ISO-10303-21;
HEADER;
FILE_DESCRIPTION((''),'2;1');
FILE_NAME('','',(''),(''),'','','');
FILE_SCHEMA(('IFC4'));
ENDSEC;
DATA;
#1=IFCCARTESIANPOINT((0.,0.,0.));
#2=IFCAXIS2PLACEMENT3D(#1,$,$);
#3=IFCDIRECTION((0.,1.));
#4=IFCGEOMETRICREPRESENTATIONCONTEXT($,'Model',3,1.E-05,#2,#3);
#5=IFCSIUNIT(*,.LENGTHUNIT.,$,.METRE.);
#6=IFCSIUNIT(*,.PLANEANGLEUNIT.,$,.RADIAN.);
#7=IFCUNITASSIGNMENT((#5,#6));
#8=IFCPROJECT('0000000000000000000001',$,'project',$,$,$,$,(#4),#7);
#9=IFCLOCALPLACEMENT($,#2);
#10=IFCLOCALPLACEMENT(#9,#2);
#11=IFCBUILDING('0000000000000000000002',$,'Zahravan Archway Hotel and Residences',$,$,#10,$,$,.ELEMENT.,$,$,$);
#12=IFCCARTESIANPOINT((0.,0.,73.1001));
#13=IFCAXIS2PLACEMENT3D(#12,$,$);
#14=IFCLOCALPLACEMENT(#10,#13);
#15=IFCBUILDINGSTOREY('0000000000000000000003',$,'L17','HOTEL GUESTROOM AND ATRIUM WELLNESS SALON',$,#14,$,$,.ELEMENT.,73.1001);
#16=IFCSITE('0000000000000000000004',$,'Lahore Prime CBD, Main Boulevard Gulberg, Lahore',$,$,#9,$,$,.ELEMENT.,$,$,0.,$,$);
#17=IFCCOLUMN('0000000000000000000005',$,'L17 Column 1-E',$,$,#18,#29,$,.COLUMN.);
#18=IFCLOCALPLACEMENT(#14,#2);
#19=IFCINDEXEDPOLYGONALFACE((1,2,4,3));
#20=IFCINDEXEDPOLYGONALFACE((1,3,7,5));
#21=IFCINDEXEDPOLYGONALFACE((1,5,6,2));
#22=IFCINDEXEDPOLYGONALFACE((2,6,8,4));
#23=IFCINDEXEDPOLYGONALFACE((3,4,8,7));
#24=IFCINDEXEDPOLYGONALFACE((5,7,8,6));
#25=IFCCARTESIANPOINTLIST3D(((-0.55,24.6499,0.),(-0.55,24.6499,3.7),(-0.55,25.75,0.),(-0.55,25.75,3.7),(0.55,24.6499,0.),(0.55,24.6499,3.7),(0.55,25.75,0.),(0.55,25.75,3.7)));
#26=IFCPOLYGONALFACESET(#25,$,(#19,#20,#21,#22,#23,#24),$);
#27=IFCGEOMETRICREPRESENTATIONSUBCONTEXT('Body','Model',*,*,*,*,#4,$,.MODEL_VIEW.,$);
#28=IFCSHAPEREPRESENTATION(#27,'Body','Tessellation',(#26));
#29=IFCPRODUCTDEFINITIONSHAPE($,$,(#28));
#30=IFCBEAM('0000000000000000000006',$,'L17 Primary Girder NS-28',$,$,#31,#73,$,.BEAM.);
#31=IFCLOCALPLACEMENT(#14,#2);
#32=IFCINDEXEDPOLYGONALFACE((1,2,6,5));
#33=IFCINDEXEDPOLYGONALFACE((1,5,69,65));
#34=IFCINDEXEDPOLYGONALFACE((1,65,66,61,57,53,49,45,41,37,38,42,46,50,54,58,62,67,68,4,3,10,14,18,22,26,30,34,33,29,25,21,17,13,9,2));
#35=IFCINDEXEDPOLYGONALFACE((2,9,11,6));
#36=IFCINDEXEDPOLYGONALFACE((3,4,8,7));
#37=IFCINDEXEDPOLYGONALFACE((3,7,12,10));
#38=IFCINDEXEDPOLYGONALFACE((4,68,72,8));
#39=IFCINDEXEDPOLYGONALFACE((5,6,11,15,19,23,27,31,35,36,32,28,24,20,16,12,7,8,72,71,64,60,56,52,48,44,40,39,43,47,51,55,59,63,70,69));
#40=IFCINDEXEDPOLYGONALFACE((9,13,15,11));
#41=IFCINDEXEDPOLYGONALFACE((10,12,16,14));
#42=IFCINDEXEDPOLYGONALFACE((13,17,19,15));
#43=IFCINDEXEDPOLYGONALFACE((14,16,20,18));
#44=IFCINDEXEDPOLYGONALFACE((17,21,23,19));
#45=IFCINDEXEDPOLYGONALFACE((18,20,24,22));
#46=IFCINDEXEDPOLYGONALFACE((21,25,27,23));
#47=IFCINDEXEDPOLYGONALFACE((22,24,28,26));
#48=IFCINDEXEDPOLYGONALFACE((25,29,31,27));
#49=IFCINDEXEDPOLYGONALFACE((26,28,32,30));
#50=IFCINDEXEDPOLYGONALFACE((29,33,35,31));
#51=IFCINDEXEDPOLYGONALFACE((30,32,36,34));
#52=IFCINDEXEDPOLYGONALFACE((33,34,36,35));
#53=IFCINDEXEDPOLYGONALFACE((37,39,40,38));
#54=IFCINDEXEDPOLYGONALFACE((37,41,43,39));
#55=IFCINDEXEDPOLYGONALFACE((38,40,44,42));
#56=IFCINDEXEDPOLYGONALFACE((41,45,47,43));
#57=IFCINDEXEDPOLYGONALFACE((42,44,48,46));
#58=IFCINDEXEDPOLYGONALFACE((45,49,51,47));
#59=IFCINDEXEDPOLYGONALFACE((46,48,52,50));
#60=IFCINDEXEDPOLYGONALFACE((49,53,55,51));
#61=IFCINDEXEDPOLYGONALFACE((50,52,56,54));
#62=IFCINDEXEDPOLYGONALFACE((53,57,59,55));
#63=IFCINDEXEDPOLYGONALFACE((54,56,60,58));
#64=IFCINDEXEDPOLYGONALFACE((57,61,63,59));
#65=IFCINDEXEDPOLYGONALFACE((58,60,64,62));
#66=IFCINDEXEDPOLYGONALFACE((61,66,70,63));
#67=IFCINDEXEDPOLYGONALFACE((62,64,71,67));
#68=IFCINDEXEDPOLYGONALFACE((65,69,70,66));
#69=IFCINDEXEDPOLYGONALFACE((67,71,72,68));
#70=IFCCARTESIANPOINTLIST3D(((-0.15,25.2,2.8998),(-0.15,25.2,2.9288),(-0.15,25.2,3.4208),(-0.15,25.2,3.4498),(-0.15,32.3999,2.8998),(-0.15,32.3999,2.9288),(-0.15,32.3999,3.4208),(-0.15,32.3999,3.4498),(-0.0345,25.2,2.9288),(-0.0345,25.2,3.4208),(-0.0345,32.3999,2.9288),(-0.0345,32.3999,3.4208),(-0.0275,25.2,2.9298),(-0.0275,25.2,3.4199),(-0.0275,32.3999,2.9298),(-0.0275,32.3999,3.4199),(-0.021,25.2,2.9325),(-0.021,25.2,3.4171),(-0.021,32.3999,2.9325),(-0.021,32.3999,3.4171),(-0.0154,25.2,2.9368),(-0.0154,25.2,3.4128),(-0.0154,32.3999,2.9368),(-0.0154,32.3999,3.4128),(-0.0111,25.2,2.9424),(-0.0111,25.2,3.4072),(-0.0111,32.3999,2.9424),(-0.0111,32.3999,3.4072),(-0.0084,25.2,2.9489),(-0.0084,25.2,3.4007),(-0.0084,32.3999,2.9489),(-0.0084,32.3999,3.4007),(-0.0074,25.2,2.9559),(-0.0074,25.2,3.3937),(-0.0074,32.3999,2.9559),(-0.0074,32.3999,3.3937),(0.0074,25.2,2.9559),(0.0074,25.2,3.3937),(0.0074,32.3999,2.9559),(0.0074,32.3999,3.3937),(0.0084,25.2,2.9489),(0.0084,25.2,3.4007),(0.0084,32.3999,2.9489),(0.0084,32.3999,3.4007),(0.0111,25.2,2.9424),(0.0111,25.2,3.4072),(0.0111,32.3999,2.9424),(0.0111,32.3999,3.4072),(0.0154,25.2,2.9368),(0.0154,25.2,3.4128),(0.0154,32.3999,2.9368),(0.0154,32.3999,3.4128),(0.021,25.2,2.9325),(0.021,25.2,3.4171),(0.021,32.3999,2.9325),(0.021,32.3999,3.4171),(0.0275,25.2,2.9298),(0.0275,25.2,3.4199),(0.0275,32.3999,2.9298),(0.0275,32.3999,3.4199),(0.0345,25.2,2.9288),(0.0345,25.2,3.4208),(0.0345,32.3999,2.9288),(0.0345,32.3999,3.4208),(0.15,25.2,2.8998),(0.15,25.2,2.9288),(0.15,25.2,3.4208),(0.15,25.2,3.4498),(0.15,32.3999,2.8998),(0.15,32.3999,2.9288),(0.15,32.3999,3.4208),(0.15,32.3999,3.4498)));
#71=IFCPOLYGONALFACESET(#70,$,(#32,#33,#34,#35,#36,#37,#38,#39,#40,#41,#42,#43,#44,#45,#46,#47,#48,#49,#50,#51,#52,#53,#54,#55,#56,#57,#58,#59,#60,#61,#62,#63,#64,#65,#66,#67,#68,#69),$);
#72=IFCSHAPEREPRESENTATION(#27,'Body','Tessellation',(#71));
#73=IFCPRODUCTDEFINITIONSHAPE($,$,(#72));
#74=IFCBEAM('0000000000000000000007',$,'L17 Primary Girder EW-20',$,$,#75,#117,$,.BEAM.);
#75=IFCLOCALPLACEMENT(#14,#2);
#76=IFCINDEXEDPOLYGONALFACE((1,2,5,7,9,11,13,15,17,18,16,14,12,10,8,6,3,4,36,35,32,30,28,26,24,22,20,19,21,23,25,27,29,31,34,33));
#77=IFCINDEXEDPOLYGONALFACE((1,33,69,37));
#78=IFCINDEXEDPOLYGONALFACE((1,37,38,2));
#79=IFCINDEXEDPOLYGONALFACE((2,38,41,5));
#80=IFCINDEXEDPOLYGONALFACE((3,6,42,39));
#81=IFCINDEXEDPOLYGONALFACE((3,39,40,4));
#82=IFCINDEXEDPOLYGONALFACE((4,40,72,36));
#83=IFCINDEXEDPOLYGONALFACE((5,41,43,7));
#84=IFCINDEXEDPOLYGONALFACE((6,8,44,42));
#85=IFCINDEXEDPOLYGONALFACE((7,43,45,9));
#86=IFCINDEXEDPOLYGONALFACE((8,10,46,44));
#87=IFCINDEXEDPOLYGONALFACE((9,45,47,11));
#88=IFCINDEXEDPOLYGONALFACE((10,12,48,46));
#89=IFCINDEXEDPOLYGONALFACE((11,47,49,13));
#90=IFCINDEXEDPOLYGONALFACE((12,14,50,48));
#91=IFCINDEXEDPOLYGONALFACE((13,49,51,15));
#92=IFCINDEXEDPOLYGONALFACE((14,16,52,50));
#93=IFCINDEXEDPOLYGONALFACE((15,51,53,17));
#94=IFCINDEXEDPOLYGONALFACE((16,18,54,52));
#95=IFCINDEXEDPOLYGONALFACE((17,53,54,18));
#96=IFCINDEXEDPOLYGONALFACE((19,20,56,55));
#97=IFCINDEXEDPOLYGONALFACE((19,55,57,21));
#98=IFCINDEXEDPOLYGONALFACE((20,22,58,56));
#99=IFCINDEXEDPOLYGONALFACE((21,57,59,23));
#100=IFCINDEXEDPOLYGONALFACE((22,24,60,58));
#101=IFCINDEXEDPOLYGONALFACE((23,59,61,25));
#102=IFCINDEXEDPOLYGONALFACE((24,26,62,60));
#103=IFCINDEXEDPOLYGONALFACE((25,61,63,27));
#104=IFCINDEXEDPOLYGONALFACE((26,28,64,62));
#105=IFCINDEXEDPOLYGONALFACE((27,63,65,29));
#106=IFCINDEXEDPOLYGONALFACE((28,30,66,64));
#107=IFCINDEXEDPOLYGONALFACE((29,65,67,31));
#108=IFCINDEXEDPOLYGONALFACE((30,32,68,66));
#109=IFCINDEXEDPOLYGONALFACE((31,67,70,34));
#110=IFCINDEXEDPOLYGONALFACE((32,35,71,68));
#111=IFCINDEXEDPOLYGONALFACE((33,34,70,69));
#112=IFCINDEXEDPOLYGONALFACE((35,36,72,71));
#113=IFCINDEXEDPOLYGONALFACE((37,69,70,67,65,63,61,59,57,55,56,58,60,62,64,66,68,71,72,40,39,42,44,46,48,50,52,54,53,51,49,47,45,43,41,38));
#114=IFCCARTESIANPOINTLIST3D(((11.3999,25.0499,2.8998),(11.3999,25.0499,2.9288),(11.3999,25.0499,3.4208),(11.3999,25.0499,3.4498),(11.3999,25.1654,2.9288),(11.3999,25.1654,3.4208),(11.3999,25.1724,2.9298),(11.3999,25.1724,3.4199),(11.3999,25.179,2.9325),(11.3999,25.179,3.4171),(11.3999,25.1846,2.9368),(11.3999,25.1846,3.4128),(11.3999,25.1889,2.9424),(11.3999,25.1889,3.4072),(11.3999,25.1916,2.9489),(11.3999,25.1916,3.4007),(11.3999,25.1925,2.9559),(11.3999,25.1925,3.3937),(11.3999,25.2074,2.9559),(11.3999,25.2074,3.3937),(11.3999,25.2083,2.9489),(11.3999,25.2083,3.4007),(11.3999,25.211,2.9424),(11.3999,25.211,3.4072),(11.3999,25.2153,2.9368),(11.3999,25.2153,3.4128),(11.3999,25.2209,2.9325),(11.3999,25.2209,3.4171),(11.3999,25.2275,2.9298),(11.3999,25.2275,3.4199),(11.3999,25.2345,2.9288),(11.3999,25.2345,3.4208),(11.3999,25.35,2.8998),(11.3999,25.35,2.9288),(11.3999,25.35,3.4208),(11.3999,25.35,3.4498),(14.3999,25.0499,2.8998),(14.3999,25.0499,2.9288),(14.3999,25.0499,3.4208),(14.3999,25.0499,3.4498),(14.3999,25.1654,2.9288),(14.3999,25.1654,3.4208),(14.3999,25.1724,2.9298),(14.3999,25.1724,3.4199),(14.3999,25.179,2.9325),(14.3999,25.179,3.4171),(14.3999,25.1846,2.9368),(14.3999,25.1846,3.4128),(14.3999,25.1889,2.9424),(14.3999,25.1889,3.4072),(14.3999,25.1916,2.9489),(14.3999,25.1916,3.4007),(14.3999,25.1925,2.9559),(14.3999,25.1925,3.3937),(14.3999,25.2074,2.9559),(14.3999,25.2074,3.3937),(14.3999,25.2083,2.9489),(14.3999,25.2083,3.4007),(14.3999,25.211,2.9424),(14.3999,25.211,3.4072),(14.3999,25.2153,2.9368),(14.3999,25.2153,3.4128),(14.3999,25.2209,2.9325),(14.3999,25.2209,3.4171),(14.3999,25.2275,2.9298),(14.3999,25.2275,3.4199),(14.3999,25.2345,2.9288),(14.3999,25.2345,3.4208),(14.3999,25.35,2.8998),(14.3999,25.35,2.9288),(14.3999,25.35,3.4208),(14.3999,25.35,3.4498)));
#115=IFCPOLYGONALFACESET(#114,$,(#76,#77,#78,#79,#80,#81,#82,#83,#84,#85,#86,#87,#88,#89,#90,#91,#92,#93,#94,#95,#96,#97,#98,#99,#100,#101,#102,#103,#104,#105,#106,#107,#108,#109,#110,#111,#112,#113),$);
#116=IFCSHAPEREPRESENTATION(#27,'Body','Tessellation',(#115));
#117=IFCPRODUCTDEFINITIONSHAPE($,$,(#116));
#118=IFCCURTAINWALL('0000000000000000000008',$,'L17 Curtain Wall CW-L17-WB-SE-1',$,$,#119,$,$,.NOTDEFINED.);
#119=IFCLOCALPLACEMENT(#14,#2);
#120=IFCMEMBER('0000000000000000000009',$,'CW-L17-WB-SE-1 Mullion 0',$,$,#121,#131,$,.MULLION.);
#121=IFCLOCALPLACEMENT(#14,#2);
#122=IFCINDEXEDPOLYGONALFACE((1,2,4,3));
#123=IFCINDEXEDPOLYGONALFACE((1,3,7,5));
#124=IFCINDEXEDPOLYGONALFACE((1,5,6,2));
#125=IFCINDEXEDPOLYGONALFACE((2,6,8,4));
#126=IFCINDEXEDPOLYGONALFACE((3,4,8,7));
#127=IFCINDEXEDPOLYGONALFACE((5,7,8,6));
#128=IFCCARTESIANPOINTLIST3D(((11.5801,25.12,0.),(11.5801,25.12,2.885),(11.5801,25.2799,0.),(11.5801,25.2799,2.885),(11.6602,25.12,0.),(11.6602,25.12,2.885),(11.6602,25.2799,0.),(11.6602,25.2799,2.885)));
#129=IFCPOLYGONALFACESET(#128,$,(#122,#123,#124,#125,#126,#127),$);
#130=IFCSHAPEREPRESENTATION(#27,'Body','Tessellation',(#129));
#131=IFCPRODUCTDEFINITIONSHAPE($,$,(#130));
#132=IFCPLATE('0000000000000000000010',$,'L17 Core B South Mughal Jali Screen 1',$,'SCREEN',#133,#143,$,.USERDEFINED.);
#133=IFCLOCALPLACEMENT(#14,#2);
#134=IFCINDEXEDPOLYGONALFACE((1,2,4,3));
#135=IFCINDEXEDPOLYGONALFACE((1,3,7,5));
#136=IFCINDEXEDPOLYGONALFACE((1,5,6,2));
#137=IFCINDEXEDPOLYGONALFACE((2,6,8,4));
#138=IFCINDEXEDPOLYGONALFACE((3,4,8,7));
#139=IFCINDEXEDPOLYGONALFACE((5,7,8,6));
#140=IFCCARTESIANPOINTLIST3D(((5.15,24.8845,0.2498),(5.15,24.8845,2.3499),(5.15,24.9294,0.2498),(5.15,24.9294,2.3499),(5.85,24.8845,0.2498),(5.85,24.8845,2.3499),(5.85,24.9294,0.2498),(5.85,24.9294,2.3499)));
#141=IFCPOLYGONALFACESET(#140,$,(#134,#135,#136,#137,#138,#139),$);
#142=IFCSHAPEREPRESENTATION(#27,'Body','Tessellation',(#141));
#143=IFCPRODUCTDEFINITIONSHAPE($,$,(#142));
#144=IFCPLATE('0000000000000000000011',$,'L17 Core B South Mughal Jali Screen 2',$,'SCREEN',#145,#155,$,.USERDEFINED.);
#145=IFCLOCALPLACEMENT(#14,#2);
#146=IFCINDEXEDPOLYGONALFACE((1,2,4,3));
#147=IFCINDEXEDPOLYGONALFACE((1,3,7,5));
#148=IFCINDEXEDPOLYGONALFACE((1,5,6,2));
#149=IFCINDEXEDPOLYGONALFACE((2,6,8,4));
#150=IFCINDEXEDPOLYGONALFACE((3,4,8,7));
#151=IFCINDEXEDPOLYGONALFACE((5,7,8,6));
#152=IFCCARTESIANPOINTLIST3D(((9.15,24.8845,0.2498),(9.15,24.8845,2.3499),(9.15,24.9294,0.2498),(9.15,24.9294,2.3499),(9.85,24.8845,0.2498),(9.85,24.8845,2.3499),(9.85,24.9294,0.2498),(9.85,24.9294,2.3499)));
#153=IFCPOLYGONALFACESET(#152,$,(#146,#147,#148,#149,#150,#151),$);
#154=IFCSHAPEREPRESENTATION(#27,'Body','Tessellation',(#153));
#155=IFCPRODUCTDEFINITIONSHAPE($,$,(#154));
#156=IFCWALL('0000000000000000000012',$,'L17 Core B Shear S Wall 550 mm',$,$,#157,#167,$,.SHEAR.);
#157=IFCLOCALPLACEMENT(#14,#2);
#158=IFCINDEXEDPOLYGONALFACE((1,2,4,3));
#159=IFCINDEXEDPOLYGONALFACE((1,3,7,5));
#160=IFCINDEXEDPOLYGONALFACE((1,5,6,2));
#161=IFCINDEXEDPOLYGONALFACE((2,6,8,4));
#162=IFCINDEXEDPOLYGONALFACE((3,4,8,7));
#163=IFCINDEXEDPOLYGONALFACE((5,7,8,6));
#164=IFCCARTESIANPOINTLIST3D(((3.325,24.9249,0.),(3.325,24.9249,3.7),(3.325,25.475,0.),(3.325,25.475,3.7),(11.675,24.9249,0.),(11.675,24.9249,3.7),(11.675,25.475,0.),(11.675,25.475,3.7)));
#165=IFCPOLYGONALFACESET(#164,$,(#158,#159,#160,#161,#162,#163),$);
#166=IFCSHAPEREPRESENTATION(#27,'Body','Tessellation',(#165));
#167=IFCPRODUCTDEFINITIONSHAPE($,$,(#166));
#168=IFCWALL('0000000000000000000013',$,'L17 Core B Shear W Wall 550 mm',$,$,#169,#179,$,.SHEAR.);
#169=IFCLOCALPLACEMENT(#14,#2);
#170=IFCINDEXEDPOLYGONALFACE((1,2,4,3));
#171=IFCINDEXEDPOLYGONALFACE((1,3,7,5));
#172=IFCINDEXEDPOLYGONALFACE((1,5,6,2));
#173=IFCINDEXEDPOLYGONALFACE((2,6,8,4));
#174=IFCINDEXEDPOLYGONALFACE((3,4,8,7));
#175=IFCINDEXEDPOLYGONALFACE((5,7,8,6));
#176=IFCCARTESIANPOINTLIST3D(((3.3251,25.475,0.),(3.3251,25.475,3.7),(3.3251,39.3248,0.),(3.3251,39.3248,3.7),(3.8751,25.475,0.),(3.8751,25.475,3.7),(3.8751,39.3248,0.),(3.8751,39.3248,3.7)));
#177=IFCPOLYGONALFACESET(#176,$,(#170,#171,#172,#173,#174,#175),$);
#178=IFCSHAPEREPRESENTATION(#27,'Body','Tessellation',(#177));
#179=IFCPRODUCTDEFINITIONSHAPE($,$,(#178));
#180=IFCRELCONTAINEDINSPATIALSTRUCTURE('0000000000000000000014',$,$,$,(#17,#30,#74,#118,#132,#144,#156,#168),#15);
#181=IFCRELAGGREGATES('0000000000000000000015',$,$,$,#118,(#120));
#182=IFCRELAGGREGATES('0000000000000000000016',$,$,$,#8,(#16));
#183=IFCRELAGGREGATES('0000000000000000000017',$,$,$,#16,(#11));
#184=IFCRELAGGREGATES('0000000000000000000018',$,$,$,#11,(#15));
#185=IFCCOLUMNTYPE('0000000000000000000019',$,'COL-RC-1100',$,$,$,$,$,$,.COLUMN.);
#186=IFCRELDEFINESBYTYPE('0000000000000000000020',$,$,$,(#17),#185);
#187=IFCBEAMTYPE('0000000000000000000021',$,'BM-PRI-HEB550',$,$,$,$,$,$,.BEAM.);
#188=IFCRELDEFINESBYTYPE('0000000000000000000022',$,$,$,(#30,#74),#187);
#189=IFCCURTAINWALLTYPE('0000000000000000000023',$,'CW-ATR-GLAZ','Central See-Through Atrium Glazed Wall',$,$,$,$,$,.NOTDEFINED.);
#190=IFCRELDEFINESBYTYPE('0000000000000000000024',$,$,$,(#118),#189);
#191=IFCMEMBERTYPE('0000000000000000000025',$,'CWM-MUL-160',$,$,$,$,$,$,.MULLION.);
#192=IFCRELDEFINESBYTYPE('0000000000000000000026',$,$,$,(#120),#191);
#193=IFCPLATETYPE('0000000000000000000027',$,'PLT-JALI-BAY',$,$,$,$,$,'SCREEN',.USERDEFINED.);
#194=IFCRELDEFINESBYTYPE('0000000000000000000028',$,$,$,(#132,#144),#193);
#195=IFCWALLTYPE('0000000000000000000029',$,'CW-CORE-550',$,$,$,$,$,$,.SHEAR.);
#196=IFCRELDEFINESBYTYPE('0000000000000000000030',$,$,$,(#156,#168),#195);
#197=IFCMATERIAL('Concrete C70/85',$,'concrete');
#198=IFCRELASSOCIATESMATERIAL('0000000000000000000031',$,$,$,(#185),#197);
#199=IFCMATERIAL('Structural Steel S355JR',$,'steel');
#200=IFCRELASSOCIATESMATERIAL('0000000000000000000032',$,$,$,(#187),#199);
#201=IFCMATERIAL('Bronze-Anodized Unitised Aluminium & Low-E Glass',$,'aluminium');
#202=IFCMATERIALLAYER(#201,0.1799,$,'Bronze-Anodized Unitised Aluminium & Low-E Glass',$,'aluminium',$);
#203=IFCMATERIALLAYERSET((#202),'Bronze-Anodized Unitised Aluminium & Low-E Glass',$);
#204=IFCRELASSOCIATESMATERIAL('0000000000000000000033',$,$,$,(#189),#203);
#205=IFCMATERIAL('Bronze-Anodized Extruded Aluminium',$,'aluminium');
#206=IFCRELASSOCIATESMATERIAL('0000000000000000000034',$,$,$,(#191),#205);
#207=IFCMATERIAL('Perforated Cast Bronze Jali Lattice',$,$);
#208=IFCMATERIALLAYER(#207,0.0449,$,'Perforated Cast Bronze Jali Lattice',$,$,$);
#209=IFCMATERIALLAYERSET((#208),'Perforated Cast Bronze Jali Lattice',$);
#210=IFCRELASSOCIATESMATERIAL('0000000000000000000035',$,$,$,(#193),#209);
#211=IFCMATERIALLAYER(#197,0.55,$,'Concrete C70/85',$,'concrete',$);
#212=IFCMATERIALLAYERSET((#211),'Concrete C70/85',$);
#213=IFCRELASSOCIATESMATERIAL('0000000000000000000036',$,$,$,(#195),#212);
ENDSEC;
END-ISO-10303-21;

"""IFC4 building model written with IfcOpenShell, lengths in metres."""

from ifc_helpers import new_model, si_unit, direction, frame, frame_2d, origin, origin_2d, place, context, subcontext, project, spatial, rectangle, i_section, extrude, source, transform, mapped, material, layer, layer_set, material_profile, profile_set, type_object, type_shapes, element, aggregate, save


model = new_model("IFC4")

# Units and contexts
model_context = context("Model", 3, precision=1e-05, world=origin(), true_north=direction((0.0, 1.0)))
body_context = subcontext(model_context, "Body", "Model", "MODEL_VIEW")
ifc_project = project(units=[si_unit("LENGTHUNIT", "METRE"), si_unit("PLANEANGLEUNIT", "RADIAN")], contexts=[model_context])

# Site, building, storey
site_placement = place(None, origin())
site = spatial("IfcSite", under=ifc_project, at=site_placement, Name="Lahore Prime CBD, Main Boulevard Gulberg, Lahore", CompositionType="ELEMENT", RefElevation=0.0)
building_placement = place(site_placement, origin())
building = spatial("IfcBuilding", under=site, at=building_placement, Name="Zahravan Archway Hotel and Residences", CompositionType="ELEMENT")
storey_placement = place(building_placement, frame((0.0, 0.0, 73.1001)))
storey = spatial("IfcBuildingStorey", under=building, at=storey_placement, Name="L17", Description="HOTEL GUESTROOM AND ATRIUM WELLNESS SALON", CompositionType="ELEMENT", Elevation=73.1001)

# Column
ifc_material_1 = material(Name="Concrete C70/85", Category="concrete")
ifc_material_profile_1 = material_profile(ifc_material_1, rectangle(XDim=1.1001, YDim=1.1001, at=origin_2d()), Name="RC 1100x1100", Category="concrete")
ifc_profile_set_1 = profile_set([ifc_material_profile_1], Name="Concrete C70/85")
column_type = type_object("IfcColumnType", Name="COL-RC-1100", PredefinedType="COLUMN", material=ifc_profile_set_1)
shared_shape_1 = source(origin(), body_context, "Body", "SweptSolid", [
    extrude(rectangle(XDim=1.1001, YDim=1.1001, at=origin_2d()), origin(), (0.0, 0.0, 1.0), 3.7),
])
column_placement = place(storey_placement, frame((0.0, 25.2, 0.0), z_axis=(0.0, 0.0, 1.0), x_axis=(1.0, 0.0, 0.0)))
element("IfcColumn", 1, at=column_placement, inside=storey, type_object=column_type, Name="L17 Column 1-E", PredefinedType="COLUMN", context=body_context, shape_type="MappedRepresentation", body=[
    mapped(shared_shape_1, transform((0.0, 0.0, 0.0), scale=1.0)),
])

# Beams
ifc_material_2 = material(Name="Structural Steel S355JR", Category="steel")
ifc_material_profile_2 = material_profile(ifc_material_2, i_section(OverallWidth=0.3, OverallDepth=0.55, WebThickness=0.0149, FlangeThickness=0.0291, FilletRadius=0.0271, at=origin_2d()), Name="HEB 550", Category="steel")
ifc_profile_set_2 = profile_set([ifc_material_profile_2], Name="Structural Steel S355JR")
beam_type = type_object("IfcBeamType", Name="BM-PRI-HEB550", PredefinedType="BEAM", material=ifc_profile_set_2)
shared_shape_2 = source(origin(), body_context, "Body", "SweptSolid", [
    extrude(i_section(OverallWidth=0.3, OverallDepth=0.55, WebThickness=0.0149, FlangeThickness=0.0291, FilletRadius=0.0271, at=origin_2d()), origin(), (0.0, 0.0, 1.0), 7.2),
])
beam_1_placement = place(storey_placement, frame((0.0, 25.2, 3.1748), z_axis=(0.0, 1.0, 0.0), x_axis=(-1.0, 0.0, 0.0)))
element("IfcBeam", 2, at=beam_1_placement, inside=storey, type_object=beam_type, Name="L17 Primary Girder NS-28", PredefinedType="BEAM", context=body_context, shape_type="MappedRepresentation", body=[
    mapped(shared_shape_2, transform((0.0, 0.0, 0.0), scale=1.0)),
])
shared_shape_3 = source(origin(), body_context, "Body", "SweptSolid", [
    extrude(i_section(OverallWidth=0.3, OverallDepth=0.55, WebThickness=0.0149, FlangeThickness=0.0291, FilletRadius=0.0271, at=origin_2d()), origin(), (0.0, 0.0, 1.0), 3.0),
])
beam_2_placement = place(storey_placement, frame((11.3999, 25.2, 3.1748), z_axis=(1.0, 0.0, 0.0), x_axis=(0.0, 1.0, 0.0)))
element("IfcBeam", 3, at=beam_2_placement, inside=storey, type_object=beam_type, Name="L17 Primary Girder EW-20", PredefinedType="BEAM", context=body_context, shape_type="MappedRepresentation", body=[
    mapped(shared_shape_3, transform((0.0, 0.0, 0.0), scale=1.0)),
])

# Curtain wall, member
ifc_material_3 = material(Name="Bronze-Anodized Unitised Aluminium & Low-E Glass", Category="aluminium")
ifc_layer_1 = layer(ifc_material_3, 0.1799, Name="Bronze-Anodized Unitised Aluminium & Low-E Glass", Category="aluminium")
ifc_layer_set_1 = layer_set([ifc_layer_1], Name="Bronze-Anodized Unitised Aluminium & Low-E Glass")
curtain_wall_type = type_object("IfcCurtainWallType", Name="CW-ATR-GLAZ", Description="Central See-Through Atrium Glazed Wall", PredefinedType="NOTDEFINED", material=ifc_layer_set_1)
curtain_wall_placement = place(storey_placement, origin())
curtain_wall = element("IfcCurtainWall", 4, at=curtain_wall_placement, inside=storey, type_object=curtain_wall_type, Name="L17 Curtain Wall CW-L17-WB-SE-1", PredefinedType="NOTDEFINED")
ifc_material_4 = material(Name="Bronze-Anodized Extruded Aluminium", Category="aluminium")
ifc_material_profile_3 = material_profile(ifc_material_4, rectangle(XDim=0.0801, YDim=0.1599, at=origin_2d()), Name="MUL 80x160", Category="aluminium")
ifc_profile_set_3 = profile_set([ifc_material_profile_3], Name="Bronze-Anodized Extruded Aluminium")
member_type = type_object("IfcMemberType", Name="CWM-MUL-160", PredefinedType="MULLION", material=ifc_profile_set_3)
shared_shape_4 = source(origin(), body_context, "Body", "SweptSolid", [
    extrude(rectangle(XDim=0.0801, YDim=0.1599, at=origin_2d()), origin(), (0.0, 0.0, 1.0), 2.885),
])
member_placement = place(storey_placement, frame((11.6201, 25.2, 0.0), z_axis=(0.0, 0.0, 1.0), x_axis=(1.0, 0.0, 0.0)))
member = element("IfcMember", 5, at=member_placement, type_object=member_type, Name="CW-L17-WB-SE-1 Mullion 0", PredefinedType="MULLION", context=body_context, shape_type="MappedRepresentation", body=[
    mapped(shared_shape_4, transform((0.0, 0.0, 0.0), scale=1.0)),
])
aggregate(curtain_wall, [member])

# Plates
ifc_material_5 = material(Name="Perforated Cast Bronze Jali Lattice")
ifc_layer_2 = layer(ifc_material_5, 0.0449, Name="Perforated Cast Bronze Jali Lattice")
ifc_layer_set_2 = layer_set([ifc_layer_2], Name="Perforated Cast Bronze Jali Lattice")
plate_type = type_object("IfcPlateType", Name="PLT-JALI-BAY", ElementType="SCREEN", PredefinedType="USERDEFINED", material=ifc_layer_set_2)
shared_shape_5 = source(origin(), body_context, "Body", "SweptSolid", [
    extrude(rectangle(XDim=0.7, YDim=0.0449, at=origin_2d()), origin(), (0.0, 0.0, 1.0), 2.1001),
])
type_shapes(plate_type, [shared_shape_5])
for number, where, z_axis, x_axis, name in (
    (6, (5.5, 24.907, 0.2498), (0.0, 0.0, 1.0), (1.0, 0.0, 0.0), "L17 Core B South Mughal Jali Screen 1"),
    (7, (9.5, 24.907, 0.2498), (0.0, 0.0, 1.0), (1.0, 0.0, 0.0), "L17 Core B South Mughal Jali Screen 2"),
):
    element("IfcPlate", number, at=place(storey_placement, frame(where, z_axis=z_axis, x_axis=x_axis)), inside=storey, type_object=plate_type, Name=name, ObjectType="SCREEN", PredefinedType="USERDEFINED", context=body_context, shape_type="MappedRepresentation", body=[
        mapped(shared_shape_5, transform((0.0, 0.0, 0.0), scale=1.0)),
    ])

# Walls
ifc_layer_3 = layer(ifc_material_1, 0.55, Name="Concrete C70/85", Category="concrete")
ifc_layer_set_3 = layer_set([ifc_layer_3], Name="Concrete C70/85")
wall_type_1 = type_object("IfcWallType", Name="CW-CORE-550", PredefinedType="SHEAR", material=ifc_layer_set_3)
wall_1_placement = place(storey_placement, frame((3.325, 25.2, 0.0), z_axis=(0.0, 0.0, 1.0), x_axis=(1.0, 0.0, 0.0)))
element("IfcWall", 8, at=wall_1_placement, inside=storey, type_object=wall_type_1, Name="L17 Core B Shear S Wall 550 mm", PredefinedType="SHEAR", context=body_context, shape_type="SweptSolid", body=[
    extrude(rectangle(XDim=8.3501, YDim=0.55, at=frame_2d((4.175, 0.0))), origin(), (0.0, 0.0, 1.0), 3.7),
])
wall_2_placement = place(storey_placement, frame((3.6001, 25.4751, 0.0), z_axis=(0.0, 0.0, 1.0), x_axis=(0.0, 1.0, 0.0)))
element("IfcWall", 9, at=wall_2_placement, inside=storey, type_object=wall_type_1, Name="L17 Core B Shear W Wall 550 mm", PredefinedType="SHEAR", context=body_context, shape_type="SweptSolid", body=[
    extrude(rectangle(XDim=13.8499, YDim=0.55, at=frame_2d((6.9248, 0.0))), origin(), (0.0, 0.0, 1.0), 3.7),
])

save(model, "model.ifc")
